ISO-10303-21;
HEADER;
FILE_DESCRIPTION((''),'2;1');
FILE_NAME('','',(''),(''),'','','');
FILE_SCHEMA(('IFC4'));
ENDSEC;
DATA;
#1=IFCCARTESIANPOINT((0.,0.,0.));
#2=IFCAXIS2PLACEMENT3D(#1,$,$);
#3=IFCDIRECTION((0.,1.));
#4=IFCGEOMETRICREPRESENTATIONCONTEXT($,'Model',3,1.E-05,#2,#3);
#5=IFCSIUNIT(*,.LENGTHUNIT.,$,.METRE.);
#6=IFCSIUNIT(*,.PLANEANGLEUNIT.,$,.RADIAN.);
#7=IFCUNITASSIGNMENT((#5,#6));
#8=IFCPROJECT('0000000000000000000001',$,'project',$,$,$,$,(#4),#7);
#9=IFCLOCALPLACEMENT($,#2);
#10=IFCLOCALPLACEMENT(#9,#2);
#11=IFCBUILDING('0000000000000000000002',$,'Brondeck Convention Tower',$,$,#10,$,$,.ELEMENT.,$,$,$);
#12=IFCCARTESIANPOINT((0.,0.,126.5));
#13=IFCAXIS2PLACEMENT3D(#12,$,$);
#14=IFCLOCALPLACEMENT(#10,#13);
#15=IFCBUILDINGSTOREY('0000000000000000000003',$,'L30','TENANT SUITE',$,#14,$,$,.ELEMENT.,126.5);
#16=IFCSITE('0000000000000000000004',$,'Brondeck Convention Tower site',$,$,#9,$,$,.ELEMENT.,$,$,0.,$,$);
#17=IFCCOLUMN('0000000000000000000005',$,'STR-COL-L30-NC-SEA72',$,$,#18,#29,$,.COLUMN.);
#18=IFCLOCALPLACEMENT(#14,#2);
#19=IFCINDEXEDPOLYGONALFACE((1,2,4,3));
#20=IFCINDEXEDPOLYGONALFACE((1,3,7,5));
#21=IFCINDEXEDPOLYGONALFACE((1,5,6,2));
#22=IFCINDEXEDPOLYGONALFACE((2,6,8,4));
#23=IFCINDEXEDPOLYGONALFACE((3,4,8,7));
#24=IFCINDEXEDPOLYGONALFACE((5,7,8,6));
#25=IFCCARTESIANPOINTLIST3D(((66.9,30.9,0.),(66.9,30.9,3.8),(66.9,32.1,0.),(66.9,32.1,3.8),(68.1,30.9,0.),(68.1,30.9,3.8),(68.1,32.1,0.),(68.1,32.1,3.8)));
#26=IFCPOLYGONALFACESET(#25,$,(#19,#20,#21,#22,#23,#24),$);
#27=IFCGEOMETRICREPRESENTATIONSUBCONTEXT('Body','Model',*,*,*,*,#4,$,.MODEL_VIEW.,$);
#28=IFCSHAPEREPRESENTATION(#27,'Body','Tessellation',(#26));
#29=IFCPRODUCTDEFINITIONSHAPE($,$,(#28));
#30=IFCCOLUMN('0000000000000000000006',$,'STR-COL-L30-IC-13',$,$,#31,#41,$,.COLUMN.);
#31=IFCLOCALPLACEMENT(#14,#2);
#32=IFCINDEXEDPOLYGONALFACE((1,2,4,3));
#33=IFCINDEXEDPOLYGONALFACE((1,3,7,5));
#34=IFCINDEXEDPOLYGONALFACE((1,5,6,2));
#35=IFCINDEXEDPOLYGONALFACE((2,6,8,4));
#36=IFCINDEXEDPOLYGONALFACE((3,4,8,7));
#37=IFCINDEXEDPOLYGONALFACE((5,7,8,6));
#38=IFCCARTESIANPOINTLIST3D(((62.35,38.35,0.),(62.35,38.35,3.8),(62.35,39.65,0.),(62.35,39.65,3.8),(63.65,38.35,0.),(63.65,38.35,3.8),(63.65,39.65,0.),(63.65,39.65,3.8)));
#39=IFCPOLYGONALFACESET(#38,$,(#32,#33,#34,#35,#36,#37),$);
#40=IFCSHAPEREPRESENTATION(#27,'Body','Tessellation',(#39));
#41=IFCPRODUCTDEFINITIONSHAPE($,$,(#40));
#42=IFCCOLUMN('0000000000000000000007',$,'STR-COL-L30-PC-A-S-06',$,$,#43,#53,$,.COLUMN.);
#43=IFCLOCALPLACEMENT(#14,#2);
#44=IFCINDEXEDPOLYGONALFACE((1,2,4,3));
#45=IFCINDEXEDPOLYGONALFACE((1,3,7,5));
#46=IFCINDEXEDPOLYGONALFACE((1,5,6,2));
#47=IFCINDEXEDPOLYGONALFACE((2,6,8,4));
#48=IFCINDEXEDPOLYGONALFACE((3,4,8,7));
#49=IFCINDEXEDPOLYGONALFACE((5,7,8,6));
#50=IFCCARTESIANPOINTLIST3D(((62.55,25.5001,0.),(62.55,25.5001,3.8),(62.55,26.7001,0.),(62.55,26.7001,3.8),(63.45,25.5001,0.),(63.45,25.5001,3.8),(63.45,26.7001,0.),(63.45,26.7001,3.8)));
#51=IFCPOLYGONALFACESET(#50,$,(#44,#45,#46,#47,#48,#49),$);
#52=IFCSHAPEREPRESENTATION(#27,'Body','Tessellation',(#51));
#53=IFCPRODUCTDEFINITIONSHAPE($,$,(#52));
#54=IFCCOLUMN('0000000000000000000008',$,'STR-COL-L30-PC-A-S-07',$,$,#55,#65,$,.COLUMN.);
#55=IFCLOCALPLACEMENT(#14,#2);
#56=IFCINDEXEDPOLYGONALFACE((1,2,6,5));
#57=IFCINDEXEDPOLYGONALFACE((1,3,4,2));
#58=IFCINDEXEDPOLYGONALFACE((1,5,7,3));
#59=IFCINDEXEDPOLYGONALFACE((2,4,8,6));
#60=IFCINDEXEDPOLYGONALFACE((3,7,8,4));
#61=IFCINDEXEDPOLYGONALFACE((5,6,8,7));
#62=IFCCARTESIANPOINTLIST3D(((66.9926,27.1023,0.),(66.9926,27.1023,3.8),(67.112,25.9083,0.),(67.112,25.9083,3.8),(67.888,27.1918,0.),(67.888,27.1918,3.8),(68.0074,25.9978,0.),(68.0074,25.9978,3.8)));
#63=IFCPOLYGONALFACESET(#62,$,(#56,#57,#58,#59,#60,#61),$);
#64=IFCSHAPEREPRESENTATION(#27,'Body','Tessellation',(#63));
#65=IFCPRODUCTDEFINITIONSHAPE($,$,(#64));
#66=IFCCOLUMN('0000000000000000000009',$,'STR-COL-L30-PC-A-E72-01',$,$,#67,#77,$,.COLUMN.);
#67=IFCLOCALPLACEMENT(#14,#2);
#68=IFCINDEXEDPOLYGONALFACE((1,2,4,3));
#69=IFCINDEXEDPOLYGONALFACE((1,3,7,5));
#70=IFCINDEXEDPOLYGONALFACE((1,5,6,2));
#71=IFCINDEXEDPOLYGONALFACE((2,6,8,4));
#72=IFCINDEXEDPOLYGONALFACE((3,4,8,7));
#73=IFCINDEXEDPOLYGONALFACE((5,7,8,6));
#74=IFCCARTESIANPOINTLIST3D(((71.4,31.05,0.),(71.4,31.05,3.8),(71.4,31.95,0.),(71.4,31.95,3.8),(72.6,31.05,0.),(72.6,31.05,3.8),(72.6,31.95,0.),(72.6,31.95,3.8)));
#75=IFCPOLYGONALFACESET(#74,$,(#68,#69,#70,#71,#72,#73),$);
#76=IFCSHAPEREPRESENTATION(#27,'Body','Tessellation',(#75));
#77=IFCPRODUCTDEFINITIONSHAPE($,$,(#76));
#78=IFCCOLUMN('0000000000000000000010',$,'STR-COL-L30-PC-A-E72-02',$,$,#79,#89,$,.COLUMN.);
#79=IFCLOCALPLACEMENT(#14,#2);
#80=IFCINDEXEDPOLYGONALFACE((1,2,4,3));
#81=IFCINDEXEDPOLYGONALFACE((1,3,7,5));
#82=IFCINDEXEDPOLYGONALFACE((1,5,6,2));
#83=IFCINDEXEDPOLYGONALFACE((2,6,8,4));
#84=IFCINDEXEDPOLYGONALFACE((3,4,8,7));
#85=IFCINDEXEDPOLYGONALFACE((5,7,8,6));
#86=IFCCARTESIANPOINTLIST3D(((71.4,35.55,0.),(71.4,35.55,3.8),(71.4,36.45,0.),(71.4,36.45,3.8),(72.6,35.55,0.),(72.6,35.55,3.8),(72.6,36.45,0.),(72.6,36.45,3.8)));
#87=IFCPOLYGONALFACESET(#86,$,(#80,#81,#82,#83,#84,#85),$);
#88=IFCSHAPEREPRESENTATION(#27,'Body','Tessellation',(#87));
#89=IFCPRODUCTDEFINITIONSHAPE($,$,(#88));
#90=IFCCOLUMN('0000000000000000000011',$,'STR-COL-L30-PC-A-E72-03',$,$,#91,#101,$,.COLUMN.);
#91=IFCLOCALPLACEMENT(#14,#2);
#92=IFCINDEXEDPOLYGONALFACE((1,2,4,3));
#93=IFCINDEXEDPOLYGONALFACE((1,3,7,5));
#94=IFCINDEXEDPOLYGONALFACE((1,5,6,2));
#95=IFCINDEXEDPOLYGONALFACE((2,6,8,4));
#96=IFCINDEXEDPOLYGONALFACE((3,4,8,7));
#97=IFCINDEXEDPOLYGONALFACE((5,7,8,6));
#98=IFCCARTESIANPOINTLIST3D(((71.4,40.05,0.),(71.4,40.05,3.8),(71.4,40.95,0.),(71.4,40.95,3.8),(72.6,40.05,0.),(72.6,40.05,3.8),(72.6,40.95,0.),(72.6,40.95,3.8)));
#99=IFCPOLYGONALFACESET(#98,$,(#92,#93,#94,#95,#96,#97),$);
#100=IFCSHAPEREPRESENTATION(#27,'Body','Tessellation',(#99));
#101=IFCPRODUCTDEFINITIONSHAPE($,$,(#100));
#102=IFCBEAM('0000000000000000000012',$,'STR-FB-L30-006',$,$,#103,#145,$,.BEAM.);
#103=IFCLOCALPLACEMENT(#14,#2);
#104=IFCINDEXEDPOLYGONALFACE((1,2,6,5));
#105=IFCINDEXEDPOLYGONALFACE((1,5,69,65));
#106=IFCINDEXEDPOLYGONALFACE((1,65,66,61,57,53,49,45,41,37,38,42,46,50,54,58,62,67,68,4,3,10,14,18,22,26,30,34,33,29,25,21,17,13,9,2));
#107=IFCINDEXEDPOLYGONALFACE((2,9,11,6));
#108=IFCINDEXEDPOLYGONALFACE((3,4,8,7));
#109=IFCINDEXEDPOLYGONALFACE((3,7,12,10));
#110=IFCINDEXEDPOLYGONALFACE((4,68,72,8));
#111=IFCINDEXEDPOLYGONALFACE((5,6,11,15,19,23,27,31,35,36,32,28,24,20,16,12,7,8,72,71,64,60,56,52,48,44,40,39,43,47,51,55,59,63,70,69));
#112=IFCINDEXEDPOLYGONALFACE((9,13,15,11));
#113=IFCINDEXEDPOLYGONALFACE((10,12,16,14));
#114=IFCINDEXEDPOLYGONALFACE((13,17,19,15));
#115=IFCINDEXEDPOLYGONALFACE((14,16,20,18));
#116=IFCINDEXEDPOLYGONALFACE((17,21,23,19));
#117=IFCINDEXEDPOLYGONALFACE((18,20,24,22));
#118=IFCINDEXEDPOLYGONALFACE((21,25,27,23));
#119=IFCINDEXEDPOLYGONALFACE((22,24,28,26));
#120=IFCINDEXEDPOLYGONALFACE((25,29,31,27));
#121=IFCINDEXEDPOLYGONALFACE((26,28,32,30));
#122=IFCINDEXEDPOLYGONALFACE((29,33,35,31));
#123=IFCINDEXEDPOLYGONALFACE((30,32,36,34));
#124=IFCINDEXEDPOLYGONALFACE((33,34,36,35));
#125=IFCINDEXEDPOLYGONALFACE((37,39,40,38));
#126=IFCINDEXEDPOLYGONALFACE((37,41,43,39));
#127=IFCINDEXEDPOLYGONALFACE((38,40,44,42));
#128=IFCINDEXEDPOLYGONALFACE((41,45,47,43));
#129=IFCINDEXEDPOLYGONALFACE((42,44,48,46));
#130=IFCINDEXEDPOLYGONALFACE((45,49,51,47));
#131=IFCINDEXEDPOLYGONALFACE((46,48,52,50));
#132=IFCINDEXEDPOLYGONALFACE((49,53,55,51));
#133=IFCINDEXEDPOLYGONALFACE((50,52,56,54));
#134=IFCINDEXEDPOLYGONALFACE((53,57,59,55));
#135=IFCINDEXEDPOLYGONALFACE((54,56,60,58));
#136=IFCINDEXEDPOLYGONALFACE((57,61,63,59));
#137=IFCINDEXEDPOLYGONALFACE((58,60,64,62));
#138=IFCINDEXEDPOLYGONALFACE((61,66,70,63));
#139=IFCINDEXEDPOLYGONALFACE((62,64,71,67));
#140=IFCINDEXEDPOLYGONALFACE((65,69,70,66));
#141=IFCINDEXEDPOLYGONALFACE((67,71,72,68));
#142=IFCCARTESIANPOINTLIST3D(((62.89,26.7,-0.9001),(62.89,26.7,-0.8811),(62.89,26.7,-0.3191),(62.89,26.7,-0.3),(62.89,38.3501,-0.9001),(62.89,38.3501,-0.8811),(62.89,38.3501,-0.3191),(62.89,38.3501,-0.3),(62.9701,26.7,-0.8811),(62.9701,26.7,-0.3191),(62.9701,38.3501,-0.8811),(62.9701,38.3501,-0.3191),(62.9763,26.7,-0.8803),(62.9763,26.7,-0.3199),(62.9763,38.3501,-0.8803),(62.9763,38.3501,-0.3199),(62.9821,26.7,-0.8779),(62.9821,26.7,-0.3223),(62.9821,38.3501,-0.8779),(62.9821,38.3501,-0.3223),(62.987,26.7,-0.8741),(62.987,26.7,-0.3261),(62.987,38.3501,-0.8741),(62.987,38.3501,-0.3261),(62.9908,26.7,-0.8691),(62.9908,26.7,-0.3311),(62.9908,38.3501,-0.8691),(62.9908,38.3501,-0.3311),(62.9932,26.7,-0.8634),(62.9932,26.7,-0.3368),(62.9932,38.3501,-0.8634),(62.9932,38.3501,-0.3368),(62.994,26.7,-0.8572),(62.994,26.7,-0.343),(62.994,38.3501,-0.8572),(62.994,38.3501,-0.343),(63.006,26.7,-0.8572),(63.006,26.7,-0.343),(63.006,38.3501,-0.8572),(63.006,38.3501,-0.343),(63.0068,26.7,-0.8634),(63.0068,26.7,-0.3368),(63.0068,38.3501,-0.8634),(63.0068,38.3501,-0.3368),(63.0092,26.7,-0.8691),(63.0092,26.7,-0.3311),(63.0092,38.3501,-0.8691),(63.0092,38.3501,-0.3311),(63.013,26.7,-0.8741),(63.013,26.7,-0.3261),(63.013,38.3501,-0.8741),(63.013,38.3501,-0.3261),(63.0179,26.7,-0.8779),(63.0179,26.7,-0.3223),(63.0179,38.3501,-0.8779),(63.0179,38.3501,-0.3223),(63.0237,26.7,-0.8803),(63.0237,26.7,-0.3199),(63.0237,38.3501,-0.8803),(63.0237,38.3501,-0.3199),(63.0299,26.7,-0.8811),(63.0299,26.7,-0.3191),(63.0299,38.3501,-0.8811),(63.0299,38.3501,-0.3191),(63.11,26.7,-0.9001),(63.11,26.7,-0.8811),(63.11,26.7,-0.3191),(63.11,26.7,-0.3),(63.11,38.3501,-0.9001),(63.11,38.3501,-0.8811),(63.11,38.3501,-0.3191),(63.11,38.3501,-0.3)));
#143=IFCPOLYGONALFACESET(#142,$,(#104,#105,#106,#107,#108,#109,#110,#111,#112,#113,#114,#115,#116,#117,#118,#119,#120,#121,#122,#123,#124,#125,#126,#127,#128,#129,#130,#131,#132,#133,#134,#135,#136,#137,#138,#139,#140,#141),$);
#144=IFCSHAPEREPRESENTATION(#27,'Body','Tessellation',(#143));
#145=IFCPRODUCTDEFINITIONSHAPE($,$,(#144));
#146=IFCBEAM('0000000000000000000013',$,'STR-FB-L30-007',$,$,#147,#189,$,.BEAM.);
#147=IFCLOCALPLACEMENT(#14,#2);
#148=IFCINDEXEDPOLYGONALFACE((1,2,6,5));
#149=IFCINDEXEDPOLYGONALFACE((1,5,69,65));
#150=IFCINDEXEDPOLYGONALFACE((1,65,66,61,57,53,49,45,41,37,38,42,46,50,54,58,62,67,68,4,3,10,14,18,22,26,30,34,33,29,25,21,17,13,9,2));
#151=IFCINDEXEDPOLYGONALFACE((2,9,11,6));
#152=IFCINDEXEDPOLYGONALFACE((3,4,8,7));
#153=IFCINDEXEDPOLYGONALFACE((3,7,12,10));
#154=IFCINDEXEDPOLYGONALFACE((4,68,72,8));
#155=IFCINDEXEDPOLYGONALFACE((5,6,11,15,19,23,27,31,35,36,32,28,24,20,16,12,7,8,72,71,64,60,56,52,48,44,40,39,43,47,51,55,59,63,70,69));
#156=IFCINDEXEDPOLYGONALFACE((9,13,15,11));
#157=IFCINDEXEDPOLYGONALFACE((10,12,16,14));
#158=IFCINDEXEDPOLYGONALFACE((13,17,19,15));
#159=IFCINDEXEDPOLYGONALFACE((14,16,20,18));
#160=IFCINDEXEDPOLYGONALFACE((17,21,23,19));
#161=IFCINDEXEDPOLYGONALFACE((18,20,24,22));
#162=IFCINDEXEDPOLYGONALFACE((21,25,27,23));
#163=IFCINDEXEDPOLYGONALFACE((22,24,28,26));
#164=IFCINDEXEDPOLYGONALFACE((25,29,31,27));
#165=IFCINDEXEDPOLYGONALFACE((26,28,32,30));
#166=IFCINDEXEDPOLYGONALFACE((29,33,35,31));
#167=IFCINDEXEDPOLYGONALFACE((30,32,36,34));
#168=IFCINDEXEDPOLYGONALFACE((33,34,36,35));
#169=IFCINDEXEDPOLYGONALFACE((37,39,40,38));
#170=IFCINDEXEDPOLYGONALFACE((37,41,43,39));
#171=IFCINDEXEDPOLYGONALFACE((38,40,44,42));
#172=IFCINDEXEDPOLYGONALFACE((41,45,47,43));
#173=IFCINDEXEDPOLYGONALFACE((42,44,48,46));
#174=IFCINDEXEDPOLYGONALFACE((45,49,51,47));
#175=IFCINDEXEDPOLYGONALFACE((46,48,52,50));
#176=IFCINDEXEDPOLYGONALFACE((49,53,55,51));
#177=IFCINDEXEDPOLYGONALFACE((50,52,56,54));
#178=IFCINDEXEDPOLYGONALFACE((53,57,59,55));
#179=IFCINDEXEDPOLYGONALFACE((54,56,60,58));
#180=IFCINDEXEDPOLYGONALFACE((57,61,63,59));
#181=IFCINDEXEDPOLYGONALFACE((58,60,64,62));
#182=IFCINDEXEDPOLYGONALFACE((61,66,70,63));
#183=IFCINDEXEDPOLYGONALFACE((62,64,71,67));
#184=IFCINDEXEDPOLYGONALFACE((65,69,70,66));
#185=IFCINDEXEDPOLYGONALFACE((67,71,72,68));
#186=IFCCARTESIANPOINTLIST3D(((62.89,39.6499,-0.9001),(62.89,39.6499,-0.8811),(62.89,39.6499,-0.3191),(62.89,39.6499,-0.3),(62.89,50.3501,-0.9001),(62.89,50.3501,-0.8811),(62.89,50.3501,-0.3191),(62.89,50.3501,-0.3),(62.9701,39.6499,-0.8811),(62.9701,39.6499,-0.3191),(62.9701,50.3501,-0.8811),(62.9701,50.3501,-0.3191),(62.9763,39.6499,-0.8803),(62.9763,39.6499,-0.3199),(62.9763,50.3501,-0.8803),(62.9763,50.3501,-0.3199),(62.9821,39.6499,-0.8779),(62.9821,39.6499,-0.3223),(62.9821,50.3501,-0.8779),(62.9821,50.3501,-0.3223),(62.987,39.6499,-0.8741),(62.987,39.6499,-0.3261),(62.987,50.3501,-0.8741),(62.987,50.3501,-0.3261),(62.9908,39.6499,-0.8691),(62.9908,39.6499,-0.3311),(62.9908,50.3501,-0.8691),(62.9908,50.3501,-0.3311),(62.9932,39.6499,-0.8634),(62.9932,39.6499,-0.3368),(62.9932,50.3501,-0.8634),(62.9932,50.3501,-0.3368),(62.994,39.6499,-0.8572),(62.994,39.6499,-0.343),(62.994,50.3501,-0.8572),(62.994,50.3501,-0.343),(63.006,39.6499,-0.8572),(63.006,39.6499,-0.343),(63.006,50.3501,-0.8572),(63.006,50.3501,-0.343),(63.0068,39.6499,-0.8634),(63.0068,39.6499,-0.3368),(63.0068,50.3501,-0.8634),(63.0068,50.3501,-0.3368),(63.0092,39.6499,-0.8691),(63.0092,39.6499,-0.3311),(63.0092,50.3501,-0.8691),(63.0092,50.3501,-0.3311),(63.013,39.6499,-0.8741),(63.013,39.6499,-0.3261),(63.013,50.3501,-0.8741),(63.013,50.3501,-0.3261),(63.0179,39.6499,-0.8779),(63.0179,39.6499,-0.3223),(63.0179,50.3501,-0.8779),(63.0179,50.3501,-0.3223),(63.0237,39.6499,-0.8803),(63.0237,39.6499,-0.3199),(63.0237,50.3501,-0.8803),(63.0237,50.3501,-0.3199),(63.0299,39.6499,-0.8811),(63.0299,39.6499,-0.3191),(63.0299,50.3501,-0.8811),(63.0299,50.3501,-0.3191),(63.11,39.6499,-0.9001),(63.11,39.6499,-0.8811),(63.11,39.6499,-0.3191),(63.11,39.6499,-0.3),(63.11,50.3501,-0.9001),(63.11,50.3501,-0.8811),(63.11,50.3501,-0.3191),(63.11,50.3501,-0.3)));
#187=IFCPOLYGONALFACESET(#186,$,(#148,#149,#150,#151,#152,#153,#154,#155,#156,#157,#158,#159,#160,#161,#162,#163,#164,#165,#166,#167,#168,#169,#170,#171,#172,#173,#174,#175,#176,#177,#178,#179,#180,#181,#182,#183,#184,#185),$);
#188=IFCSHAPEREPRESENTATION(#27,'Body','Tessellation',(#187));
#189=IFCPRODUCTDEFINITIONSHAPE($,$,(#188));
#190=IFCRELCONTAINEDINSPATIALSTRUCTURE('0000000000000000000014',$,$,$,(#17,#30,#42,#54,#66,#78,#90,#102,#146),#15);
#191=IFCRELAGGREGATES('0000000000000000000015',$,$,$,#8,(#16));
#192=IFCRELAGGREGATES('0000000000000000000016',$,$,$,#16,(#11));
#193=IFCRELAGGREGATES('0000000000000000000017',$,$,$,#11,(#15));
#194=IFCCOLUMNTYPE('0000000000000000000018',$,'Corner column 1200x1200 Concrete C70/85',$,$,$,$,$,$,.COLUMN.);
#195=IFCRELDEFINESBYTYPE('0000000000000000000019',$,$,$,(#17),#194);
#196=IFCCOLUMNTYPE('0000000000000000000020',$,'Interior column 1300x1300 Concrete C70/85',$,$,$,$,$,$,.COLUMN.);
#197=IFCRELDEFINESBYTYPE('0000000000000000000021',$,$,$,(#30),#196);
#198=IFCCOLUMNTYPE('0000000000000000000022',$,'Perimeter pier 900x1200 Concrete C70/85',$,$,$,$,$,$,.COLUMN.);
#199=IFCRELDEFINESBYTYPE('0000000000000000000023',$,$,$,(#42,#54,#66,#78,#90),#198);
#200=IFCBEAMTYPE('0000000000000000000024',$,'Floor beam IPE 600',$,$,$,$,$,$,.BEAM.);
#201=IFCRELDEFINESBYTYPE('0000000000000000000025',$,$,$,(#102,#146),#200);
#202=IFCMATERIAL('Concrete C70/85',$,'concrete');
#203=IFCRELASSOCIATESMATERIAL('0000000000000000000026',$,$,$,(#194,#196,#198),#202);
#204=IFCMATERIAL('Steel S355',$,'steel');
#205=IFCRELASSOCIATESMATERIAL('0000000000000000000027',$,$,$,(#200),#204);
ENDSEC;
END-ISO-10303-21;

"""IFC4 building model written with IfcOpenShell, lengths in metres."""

from ifc_helpers import new_model, si_unit, direction, frame, origin, origin_2d, place, context, subcontext, project, spatial, rectangle, i_section, extrude, material, material_profile, profile_set, type_object, element, save


model = new_model("IFC4")

# Units and contexts
model_context = context("Model", 3, precision=1e-05, world=origin(), true_north=direction((0.0, 1.0)))
body_context = subcontext(model_context, "Body", "Model", "MODEL_VIEW")
ifc_project = project(units=[si_unit("LENGTHUNIT", "METRE"), si_unit("PLANEANGLEUNIT", "RADIAN")], contexts=[model_context])

# Site, building, storey
site_placement = place(None, origin())
site = spatial("IfcSite", under=ifc_project, at=site_placement, Name="Brondeck Convention Tower site", CompositionType="ELEMENT", RefElevation=0.0)
building_placement = place(site_placement, origin())
building = spatial("IfcBuilding", under=site, at=building_placement, Name="Brondeck Convention Tower", CompositionType="ELEMENT")
storey_placement = place(building_placement, frame((0.0, 0.0, 126.5)))
storey = spatial("IfcBuildingStorey", under=building, at=storey_placement, Name="L30", Description="TENANT SUITE", CompositionType="ELEMENT", Elevation=126.5)

# Columns
ifc_material_1 = material(Name="Concrete C70/85", Category="concrete")
ifc_material_profile_1 = material_profile(ifc_material_1, rectangle(XDim=1.2, YDim=1.2, at=origin_2d()), Name="Corner column 1200x1200 Concrete C70/85")
ifc_profile_set_1 = profile_set([ifc_material_profile_1], Name="Concrete C70/85")
column_type_1 = type_object("IfcColumnType", Name="Corner column 1200x1200 Concrete C70/85", PredefinedType="COLUMN", material=ifc_profile_set_1)
column_1_placement = place(storey_placement, frame((67.5, 31.5, 0.0), z_axis=(0.0, 0.0, 1.0), x_axis=(1.0, 0.0, 0.0)))
element("IfcColumn", 1, at=column_1_placement, inside=storey, type_object=column_type_1, Name="STR-COL-L30-NC-SEA72", PredefinedType="COLUMN", context=body_context, shape_type="SweptSolid", body=[
    extrude(rectangle(XDim=1.2, YDim=1.2, at=origin_2d()), origin(), (0.0, 0.0, 1.0), 3.8),
])
ifc_material_profile_2 = material_profile(ifc_material_1, rectangle(XDim=1.3, YDim=1.3, at=origin_2d()), Name="Interior column 1300x1300 Concrete C70/85")
ifc_profile_set_2 = profile_set([ifc_material_profile_2], Name="Concrete C70/85")
column_type_2 = type_object("IfcColumnType", Name="Interior column 1300x1300 Concrete C70/85", PredefinedType="COLUMN", material=ifc_profile_set_2)
column_2_placement = place(storey_placement, frame((63.0, 39.0, 0.0), z_axis=(0.0, 0.0, 1.0), x_axis=(1.0, 0.0, 0.0)))
element("IfcColumn", 2, at=column_2_placement, inside=storey, type_object=column_type_2, Name="STR-COL-L30-IC-13", PredefinedType="COLUMN", context=body_context, shape_type="SweptSolid", body=[
    extrude(rectangle(XDim=1.3, YDim=1.3, at=origin_2d()), origin(), (0.0, 0.0, 1.0), 3.8),
])
ifc_material_profile_3 = material_profile(ifc_material_1, rectangle(XDim=0.8999, YDim=1.2, at=origin_2d()), Name="Perimeter pier 900x1200 Concrete C70/85")
ifc_profile_set_3 = profile_set([ifc_material_profile_3], Name="Concrete C70/85")
column_type_3 = type_object("IfcColumnType", Name="Perimeter pier 900x1200 Concrete C70/85", PredefinedType="COLUMN", material=ifc_profile_set_3)
for number, where, z_axis, x_axis, name in (
    (3, (63.0, 26.1001, 0.0), (0.0, 0.0, 1.0), (1.0, 0.0, 0.0), "STR-COL-L30-PC-A-S-06"),
    (4, (67.5, 26.55, 0.0), (0.0, 0.0, 1.0), (0.995037, 0.099504, 0.0), "STR-COL-L30-PC-A-S-07"),
    (5, (72.0, 31.5, 0.0), (0.0, 0.0, 1.0), (0.0, 1.0, 0.0), "STR-COL-L30-PC-A-E72-01"),
    (6, (72.0, 36.0, 0.0), (0.0, 0.0, 1.0), (0.0, 1.0, 0.0), "STR-COL-L30-PC-A-E72-02"),
    (7, (72.0, 40.5, 0.0), (0.0, 0.0, 1.0), (0.0, 1.0, 0.0), "STR-COL-L30-PC-A-E72-03"),
):
    element("IfcColumn", number, at=place(storey_placement, frame(where, z_axis=z_axis, x_axis=x_axis)), inside=storey, type_object=column_type_3, Name=name, PredefinedType="COLUMN", context=body_context, shape_type="SweptSolid", body=[
        extrude(rectangle(XDim=0.8999, YDim=1.2, at=origin_2d()), origin(), (0.0, 0.0, 1.0), 3.8),
    ])

# Beams
ifc_material_2 = material(Name="Steel S355", Category="steel")
ifc_material_profile_4 = material_profile(ifc_material_2, i_section(OverallWidth=0.22, OverallDepth=0.6001, WebThickness=0.012, FlangeThickness=0.019, FilletRadius=0.0239, at=origin_2d()), Name="IPE 600")
ifc_profile_set_4 = profile_set([ifc_material_profile_4], Name="Steel S355")
beam_type_1 = type_object("IfcBeamType", Name="Floor beam IPE 600", PredefinedType="BEAM", material=ifc_profile_set_4)
beam_1_placement = place(storey_placement, frame((63.0, 26.7, -0.6001), z_axis=(0.0, 1.0, 0.0), x_axis=(-1.0, 0.0, 0.0)))
element("IfcBeam", 8, at=beam_1_placement, inside=storey, type_object=beam_type_1, Name="STR-FB-L30-006", PredefinedType="BEAM", context=body_context, shape_type="SweptSolid", body=[
    extrude(i_section(OverallWidth=0.22, OverallDepth=0.6001, WebThickness=0.012, FlangeThickness=0.019, FilletRadius=0.0239, at=origin_2d()), origin(), (0.0, 0.0, 1.0), 11.6501),
])
beam_2_placement = place(storey_placement, frame((63.0, 39.6499, -0.6001), z_axis=(0.0, 1.0, 0.0), x_axis=(-1.0, 0.0, 0.0)))
element("IfcBeam", 9, at=beam_2_placement, inside=storey, type_object=beam_type_1, Name="STR-FB-L30-007", PredefinedType="BEAM", context=body_context, shape_type="SweptSolid", body=[
    extrude(i_section(OverallWidth=0.22, OverallDepth=0.6001, WebThickness=0.012, FlangeThickness=0.019, FilletRadius=0.0239, at=origin_2d()), origin(), (0.0, 0.0, 1.0), 10.7002),
])

save(model, "model.ifc")
